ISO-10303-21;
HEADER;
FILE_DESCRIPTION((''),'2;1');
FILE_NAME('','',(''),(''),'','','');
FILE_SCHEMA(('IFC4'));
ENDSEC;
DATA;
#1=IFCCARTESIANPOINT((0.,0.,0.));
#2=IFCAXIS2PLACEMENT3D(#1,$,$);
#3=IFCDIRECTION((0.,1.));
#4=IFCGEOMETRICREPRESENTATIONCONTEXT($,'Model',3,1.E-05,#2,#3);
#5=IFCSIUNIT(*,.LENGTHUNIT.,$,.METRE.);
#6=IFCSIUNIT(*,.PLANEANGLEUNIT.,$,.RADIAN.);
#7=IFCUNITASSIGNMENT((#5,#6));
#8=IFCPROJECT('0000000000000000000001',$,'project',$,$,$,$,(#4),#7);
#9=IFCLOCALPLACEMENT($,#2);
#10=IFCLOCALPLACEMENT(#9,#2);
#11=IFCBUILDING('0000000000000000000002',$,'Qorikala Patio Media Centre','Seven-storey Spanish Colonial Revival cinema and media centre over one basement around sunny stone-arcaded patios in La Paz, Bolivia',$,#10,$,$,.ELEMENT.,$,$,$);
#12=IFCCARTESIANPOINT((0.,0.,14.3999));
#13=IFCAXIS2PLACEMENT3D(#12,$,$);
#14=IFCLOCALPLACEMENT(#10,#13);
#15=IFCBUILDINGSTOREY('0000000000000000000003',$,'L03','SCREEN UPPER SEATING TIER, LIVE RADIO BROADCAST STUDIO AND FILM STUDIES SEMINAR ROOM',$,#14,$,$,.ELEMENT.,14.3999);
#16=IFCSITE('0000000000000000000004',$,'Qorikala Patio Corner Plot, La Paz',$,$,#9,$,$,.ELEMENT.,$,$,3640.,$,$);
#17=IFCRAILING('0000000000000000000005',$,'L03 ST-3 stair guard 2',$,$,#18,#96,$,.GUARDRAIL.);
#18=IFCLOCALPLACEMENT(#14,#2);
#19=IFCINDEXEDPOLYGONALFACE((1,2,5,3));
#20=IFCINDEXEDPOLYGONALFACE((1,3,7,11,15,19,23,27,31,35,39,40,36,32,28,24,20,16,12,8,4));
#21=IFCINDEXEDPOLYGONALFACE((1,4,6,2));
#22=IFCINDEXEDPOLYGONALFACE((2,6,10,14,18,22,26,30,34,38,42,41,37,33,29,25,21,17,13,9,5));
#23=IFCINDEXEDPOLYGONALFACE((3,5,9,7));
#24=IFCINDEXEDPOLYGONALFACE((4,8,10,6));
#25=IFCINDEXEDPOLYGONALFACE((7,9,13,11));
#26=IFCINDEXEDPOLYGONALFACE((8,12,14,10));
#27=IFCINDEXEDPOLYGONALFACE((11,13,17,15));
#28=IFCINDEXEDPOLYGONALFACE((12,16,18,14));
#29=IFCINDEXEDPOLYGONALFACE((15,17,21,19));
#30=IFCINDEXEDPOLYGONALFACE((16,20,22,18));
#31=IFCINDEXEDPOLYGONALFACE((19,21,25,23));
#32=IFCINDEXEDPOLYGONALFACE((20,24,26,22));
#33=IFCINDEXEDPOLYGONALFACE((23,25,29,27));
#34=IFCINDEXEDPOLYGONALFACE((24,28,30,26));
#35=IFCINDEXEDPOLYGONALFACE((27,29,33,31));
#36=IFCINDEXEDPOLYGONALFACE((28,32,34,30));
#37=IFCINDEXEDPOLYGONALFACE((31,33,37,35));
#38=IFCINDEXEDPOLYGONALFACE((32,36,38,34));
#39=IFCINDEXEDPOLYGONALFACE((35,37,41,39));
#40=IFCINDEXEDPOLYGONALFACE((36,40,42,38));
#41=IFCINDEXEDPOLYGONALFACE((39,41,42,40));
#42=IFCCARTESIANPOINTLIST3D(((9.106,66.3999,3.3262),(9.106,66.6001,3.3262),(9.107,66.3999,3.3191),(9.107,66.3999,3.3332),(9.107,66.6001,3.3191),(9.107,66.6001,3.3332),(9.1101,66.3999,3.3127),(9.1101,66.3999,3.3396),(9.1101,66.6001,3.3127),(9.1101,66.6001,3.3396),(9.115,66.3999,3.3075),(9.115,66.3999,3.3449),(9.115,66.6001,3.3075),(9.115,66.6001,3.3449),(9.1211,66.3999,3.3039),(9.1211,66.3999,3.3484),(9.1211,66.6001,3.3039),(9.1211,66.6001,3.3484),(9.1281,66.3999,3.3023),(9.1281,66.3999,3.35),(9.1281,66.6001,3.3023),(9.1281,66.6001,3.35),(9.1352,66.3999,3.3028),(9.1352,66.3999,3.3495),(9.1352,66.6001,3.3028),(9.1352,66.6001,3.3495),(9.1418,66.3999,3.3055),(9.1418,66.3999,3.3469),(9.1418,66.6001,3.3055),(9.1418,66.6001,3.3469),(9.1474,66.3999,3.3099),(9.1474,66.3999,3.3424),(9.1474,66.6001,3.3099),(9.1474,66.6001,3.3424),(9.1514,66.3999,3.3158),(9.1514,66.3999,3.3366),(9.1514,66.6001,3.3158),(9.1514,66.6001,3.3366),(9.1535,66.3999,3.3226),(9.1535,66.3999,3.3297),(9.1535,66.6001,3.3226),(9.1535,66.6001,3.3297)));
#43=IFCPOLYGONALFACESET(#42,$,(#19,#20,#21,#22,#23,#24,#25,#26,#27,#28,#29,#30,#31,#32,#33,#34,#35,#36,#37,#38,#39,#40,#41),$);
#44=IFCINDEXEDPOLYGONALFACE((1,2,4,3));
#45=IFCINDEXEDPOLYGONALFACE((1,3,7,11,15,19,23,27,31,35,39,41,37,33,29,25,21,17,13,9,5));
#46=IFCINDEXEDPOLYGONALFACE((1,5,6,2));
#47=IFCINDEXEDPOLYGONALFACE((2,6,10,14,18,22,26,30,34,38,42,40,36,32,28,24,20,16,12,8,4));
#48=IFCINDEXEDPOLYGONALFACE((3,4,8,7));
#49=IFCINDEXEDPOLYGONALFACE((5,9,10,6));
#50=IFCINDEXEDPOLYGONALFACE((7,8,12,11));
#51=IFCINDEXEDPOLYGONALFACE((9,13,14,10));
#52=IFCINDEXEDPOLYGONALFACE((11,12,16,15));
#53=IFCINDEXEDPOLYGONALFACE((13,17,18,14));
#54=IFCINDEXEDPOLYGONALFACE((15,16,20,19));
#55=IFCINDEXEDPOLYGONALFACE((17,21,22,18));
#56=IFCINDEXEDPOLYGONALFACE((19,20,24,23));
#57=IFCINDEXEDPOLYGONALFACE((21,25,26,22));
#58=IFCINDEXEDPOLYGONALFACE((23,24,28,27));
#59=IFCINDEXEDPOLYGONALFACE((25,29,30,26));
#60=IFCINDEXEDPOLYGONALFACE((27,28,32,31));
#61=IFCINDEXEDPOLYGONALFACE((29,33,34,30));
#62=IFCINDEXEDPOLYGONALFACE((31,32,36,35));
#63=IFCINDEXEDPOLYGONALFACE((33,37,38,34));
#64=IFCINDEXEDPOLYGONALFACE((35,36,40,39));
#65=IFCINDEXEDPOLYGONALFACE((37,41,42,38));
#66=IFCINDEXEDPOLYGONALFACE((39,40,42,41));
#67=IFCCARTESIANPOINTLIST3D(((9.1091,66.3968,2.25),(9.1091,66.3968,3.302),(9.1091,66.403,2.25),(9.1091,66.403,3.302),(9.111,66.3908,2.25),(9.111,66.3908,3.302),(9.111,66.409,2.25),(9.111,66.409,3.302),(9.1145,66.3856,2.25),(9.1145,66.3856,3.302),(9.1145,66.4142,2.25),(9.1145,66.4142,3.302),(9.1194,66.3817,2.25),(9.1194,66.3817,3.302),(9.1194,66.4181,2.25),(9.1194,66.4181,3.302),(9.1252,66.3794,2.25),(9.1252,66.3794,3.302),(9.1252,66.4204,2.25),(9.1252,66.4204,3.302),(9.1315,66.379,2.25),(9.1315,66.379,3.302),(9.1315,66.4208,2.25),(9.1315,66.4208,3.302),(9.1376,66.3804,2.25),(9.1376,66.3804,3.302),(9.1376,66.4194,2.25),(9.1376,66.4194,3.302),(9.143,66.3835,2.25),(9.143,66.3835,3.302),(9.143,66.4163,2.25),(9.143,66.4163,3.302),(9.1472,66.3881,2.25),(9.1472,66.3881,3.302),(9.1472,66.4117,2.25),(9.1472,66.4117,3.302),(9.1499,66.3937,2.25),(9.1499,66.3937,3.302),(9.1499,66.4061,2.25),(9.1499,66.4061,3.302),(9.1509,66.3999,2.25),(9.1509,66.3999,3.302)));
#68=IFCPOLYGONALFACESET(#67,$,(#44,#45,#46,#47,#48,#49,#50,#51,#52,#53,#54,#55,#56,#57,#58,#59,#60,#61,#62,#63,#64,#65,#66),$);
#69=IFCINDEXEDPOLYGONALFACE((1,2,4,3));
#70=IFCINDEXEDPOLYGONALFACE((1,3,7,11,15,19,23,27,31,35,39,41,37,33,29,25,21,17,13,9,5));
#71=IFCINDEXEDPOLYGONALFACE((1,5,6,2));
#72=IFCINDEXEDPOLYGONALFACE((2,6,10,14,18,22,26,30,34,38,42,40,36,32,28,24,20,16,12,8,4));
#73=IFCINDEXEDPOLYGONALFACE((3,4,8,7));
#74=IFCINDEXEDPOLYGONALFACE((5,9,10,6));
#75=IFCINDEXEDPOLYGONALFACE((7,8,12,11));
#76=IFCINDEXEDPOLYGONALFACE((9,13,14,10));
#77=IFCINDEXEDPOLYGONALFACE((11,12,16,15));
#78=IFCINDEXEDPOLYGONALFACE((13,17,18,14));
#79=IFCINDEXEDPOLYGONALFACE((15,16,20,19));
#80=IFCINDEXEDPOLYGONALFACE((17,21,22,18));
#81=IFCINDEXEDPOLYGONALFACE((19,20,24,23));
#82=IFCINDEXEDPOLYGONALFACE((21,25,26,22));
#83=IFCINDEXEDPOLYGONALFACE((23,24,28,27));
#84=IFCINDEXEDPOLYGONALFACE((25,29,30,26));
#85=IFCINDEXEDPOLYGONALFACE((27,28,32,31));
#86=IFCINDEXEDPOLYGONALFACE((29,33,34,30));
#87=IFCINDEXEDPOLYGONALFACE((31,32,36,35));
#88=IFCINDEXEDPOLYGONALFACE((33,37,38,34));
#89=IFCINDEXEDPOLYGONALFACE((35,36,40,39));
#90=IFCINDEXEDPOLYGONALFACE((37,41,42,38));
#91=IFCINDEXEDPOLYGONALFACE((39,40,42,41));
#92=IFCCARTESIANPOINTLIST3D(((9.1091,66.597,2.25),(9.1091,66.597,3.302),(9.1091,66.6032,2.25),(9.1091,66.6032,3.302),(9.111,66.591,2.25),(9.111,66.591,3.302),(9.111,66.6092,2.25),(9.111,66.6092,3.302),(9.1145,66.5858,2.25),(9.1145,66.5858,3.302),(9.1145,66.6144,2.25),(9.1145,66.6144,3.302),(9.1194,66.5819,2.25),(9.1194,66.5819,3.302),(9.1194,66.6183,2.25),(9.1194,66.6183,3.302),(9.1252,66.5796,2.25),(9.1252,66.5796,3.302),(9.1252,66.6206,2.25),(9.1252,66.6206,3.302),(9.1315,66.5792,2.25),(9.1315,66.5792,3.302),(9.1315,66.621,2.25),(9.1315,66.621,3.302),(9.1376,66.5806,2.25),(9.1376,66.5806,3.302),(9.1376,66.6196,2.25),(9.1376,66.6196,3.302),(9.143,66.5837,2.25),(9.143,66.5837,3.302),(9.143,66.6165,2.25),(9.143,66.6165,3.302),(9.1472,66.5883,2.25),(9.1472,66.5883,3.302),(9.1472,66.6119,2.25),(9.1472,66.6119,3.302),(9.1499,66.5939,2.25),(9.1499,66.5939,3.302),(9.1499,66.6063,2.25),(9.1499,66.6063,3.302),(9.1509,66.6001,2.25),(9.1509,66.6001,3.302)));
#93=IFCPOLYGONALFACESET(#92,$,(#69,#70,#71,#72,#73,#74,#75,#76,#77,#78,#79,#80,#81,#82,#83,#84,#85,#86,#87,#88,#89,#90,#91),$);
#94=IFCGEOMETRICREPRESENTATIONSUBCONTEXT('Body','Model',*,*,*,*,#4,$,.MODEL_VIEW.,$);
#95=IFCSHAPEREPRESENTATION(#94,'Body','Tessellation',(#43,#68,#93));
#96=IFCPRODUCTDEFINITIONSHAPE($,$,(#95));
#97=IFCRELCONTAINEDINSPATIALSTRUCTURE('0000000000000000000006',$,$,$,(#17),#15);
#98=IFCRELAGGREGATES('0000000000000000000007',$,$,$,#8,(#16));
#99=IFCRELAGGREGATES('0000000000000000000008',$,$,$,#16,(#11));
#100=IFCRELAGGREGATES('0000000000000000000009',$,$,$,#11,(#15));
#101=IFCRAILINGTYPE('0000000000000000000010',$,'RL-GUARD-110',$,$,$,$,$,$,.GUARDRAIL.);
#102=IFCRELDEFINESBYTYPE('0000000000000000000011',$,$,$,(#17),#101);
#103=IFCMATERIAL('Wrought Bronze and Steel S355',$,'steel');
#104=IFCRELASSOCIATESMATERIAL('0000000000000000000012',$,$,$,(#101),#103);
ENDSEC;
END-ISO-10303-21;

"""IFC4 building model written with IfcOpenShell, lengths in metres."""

from ifc_helpers import new_model, si_unit, direction, frame, origin, origin_2d, place, context, subcontext, project, spatial, circle, extrude, material, type_object, element, save


model = new_model("IFC4")

# Units and contexts
model_context = context("Model", 3, precision=1e-05, world=origin(), true_north=direction((0.0, 1.0)))
body_context = subcontext(model_context, "Body", "Model", "MODEL_VIEW")
ifc_project = project(units=[si_unit("LENGTHUNIT", "METRE"), si_unit("PLANEANGLEUNIT", "RADIAN")], contexts=[model_context])

# Site, building, storey
site_placement = place(None, origin())
site = spatial("IfcSite", under=ifc_project, at=site_placement, Name="Qorikala Patio Corner Plot, La Paz", CompositionType="ELEMENT", RefElevation=3640.0)
building_placement = place(site_placement, origin())
building = spatial("IfcBuilding", under=site, at=building_placement, Name="Qorikala Patio Media Centre", Description="Seven-storey Spanish Colonial Revival cinema and media centre over one basement around sunny stone-arcaded patios in La Paz, Bolivia", CompositionType="ELEMENT")
storey_placement = place(building_placement, frame((0.0, 0.0, 14.3999)))
storey = spatial("IfcBuildingStorey", under=building, at=storey_placement, Name="L03", Description="SCREEN UPPER SEATING TIER, LIVE RADIO BROADCAST STUDIO AND FILM STUDIES SEMINAR ROOM", CompositionType="ELEMENT", Elevation=14.3999)

# Railing
ifc_material_1 = material(Name="Wrought Bronze and Steel S355", Category="steel")
railing_type_1 = type_object("IfcRailingType", Name="RL-GUARD-110", PredefinedType="GUARDRAIL", material=ifc_material_1)
railing_1_placement = place(storey_placement, frame((9.1299, 66.3999, 2.25)))
element("IfcRailing", 1, at=railing_1_placement, inside=storey, type_object=railing_type_1, Name="L03 ST-3 stair guard 2", PredefinedType="GUARDRAIL", context=body_context, shape_type="SweptSolid", body=[
    extrude(circle(Radius=0.0239, at=origin_2d()), frame((0.0, 0.0, 1.0762), z_axis=(0.0, 1.0, 0.0), x_axis=(-1.0, 0.0, 0.0)), (0.0, 0.0, 1.0), 0.2002),
    extrude(circle(Radius=0.021, at=origin_2d()), origin(), (0.0, 0.0, 1.0), 1.052),
    extrude(circle(Radius=0.021, at=origin_2d()), frame((0.0, 0.2002, 0.0)), (0.0, 0.0, 1.0), 1.052),
])

save(model, "model.ifc")
